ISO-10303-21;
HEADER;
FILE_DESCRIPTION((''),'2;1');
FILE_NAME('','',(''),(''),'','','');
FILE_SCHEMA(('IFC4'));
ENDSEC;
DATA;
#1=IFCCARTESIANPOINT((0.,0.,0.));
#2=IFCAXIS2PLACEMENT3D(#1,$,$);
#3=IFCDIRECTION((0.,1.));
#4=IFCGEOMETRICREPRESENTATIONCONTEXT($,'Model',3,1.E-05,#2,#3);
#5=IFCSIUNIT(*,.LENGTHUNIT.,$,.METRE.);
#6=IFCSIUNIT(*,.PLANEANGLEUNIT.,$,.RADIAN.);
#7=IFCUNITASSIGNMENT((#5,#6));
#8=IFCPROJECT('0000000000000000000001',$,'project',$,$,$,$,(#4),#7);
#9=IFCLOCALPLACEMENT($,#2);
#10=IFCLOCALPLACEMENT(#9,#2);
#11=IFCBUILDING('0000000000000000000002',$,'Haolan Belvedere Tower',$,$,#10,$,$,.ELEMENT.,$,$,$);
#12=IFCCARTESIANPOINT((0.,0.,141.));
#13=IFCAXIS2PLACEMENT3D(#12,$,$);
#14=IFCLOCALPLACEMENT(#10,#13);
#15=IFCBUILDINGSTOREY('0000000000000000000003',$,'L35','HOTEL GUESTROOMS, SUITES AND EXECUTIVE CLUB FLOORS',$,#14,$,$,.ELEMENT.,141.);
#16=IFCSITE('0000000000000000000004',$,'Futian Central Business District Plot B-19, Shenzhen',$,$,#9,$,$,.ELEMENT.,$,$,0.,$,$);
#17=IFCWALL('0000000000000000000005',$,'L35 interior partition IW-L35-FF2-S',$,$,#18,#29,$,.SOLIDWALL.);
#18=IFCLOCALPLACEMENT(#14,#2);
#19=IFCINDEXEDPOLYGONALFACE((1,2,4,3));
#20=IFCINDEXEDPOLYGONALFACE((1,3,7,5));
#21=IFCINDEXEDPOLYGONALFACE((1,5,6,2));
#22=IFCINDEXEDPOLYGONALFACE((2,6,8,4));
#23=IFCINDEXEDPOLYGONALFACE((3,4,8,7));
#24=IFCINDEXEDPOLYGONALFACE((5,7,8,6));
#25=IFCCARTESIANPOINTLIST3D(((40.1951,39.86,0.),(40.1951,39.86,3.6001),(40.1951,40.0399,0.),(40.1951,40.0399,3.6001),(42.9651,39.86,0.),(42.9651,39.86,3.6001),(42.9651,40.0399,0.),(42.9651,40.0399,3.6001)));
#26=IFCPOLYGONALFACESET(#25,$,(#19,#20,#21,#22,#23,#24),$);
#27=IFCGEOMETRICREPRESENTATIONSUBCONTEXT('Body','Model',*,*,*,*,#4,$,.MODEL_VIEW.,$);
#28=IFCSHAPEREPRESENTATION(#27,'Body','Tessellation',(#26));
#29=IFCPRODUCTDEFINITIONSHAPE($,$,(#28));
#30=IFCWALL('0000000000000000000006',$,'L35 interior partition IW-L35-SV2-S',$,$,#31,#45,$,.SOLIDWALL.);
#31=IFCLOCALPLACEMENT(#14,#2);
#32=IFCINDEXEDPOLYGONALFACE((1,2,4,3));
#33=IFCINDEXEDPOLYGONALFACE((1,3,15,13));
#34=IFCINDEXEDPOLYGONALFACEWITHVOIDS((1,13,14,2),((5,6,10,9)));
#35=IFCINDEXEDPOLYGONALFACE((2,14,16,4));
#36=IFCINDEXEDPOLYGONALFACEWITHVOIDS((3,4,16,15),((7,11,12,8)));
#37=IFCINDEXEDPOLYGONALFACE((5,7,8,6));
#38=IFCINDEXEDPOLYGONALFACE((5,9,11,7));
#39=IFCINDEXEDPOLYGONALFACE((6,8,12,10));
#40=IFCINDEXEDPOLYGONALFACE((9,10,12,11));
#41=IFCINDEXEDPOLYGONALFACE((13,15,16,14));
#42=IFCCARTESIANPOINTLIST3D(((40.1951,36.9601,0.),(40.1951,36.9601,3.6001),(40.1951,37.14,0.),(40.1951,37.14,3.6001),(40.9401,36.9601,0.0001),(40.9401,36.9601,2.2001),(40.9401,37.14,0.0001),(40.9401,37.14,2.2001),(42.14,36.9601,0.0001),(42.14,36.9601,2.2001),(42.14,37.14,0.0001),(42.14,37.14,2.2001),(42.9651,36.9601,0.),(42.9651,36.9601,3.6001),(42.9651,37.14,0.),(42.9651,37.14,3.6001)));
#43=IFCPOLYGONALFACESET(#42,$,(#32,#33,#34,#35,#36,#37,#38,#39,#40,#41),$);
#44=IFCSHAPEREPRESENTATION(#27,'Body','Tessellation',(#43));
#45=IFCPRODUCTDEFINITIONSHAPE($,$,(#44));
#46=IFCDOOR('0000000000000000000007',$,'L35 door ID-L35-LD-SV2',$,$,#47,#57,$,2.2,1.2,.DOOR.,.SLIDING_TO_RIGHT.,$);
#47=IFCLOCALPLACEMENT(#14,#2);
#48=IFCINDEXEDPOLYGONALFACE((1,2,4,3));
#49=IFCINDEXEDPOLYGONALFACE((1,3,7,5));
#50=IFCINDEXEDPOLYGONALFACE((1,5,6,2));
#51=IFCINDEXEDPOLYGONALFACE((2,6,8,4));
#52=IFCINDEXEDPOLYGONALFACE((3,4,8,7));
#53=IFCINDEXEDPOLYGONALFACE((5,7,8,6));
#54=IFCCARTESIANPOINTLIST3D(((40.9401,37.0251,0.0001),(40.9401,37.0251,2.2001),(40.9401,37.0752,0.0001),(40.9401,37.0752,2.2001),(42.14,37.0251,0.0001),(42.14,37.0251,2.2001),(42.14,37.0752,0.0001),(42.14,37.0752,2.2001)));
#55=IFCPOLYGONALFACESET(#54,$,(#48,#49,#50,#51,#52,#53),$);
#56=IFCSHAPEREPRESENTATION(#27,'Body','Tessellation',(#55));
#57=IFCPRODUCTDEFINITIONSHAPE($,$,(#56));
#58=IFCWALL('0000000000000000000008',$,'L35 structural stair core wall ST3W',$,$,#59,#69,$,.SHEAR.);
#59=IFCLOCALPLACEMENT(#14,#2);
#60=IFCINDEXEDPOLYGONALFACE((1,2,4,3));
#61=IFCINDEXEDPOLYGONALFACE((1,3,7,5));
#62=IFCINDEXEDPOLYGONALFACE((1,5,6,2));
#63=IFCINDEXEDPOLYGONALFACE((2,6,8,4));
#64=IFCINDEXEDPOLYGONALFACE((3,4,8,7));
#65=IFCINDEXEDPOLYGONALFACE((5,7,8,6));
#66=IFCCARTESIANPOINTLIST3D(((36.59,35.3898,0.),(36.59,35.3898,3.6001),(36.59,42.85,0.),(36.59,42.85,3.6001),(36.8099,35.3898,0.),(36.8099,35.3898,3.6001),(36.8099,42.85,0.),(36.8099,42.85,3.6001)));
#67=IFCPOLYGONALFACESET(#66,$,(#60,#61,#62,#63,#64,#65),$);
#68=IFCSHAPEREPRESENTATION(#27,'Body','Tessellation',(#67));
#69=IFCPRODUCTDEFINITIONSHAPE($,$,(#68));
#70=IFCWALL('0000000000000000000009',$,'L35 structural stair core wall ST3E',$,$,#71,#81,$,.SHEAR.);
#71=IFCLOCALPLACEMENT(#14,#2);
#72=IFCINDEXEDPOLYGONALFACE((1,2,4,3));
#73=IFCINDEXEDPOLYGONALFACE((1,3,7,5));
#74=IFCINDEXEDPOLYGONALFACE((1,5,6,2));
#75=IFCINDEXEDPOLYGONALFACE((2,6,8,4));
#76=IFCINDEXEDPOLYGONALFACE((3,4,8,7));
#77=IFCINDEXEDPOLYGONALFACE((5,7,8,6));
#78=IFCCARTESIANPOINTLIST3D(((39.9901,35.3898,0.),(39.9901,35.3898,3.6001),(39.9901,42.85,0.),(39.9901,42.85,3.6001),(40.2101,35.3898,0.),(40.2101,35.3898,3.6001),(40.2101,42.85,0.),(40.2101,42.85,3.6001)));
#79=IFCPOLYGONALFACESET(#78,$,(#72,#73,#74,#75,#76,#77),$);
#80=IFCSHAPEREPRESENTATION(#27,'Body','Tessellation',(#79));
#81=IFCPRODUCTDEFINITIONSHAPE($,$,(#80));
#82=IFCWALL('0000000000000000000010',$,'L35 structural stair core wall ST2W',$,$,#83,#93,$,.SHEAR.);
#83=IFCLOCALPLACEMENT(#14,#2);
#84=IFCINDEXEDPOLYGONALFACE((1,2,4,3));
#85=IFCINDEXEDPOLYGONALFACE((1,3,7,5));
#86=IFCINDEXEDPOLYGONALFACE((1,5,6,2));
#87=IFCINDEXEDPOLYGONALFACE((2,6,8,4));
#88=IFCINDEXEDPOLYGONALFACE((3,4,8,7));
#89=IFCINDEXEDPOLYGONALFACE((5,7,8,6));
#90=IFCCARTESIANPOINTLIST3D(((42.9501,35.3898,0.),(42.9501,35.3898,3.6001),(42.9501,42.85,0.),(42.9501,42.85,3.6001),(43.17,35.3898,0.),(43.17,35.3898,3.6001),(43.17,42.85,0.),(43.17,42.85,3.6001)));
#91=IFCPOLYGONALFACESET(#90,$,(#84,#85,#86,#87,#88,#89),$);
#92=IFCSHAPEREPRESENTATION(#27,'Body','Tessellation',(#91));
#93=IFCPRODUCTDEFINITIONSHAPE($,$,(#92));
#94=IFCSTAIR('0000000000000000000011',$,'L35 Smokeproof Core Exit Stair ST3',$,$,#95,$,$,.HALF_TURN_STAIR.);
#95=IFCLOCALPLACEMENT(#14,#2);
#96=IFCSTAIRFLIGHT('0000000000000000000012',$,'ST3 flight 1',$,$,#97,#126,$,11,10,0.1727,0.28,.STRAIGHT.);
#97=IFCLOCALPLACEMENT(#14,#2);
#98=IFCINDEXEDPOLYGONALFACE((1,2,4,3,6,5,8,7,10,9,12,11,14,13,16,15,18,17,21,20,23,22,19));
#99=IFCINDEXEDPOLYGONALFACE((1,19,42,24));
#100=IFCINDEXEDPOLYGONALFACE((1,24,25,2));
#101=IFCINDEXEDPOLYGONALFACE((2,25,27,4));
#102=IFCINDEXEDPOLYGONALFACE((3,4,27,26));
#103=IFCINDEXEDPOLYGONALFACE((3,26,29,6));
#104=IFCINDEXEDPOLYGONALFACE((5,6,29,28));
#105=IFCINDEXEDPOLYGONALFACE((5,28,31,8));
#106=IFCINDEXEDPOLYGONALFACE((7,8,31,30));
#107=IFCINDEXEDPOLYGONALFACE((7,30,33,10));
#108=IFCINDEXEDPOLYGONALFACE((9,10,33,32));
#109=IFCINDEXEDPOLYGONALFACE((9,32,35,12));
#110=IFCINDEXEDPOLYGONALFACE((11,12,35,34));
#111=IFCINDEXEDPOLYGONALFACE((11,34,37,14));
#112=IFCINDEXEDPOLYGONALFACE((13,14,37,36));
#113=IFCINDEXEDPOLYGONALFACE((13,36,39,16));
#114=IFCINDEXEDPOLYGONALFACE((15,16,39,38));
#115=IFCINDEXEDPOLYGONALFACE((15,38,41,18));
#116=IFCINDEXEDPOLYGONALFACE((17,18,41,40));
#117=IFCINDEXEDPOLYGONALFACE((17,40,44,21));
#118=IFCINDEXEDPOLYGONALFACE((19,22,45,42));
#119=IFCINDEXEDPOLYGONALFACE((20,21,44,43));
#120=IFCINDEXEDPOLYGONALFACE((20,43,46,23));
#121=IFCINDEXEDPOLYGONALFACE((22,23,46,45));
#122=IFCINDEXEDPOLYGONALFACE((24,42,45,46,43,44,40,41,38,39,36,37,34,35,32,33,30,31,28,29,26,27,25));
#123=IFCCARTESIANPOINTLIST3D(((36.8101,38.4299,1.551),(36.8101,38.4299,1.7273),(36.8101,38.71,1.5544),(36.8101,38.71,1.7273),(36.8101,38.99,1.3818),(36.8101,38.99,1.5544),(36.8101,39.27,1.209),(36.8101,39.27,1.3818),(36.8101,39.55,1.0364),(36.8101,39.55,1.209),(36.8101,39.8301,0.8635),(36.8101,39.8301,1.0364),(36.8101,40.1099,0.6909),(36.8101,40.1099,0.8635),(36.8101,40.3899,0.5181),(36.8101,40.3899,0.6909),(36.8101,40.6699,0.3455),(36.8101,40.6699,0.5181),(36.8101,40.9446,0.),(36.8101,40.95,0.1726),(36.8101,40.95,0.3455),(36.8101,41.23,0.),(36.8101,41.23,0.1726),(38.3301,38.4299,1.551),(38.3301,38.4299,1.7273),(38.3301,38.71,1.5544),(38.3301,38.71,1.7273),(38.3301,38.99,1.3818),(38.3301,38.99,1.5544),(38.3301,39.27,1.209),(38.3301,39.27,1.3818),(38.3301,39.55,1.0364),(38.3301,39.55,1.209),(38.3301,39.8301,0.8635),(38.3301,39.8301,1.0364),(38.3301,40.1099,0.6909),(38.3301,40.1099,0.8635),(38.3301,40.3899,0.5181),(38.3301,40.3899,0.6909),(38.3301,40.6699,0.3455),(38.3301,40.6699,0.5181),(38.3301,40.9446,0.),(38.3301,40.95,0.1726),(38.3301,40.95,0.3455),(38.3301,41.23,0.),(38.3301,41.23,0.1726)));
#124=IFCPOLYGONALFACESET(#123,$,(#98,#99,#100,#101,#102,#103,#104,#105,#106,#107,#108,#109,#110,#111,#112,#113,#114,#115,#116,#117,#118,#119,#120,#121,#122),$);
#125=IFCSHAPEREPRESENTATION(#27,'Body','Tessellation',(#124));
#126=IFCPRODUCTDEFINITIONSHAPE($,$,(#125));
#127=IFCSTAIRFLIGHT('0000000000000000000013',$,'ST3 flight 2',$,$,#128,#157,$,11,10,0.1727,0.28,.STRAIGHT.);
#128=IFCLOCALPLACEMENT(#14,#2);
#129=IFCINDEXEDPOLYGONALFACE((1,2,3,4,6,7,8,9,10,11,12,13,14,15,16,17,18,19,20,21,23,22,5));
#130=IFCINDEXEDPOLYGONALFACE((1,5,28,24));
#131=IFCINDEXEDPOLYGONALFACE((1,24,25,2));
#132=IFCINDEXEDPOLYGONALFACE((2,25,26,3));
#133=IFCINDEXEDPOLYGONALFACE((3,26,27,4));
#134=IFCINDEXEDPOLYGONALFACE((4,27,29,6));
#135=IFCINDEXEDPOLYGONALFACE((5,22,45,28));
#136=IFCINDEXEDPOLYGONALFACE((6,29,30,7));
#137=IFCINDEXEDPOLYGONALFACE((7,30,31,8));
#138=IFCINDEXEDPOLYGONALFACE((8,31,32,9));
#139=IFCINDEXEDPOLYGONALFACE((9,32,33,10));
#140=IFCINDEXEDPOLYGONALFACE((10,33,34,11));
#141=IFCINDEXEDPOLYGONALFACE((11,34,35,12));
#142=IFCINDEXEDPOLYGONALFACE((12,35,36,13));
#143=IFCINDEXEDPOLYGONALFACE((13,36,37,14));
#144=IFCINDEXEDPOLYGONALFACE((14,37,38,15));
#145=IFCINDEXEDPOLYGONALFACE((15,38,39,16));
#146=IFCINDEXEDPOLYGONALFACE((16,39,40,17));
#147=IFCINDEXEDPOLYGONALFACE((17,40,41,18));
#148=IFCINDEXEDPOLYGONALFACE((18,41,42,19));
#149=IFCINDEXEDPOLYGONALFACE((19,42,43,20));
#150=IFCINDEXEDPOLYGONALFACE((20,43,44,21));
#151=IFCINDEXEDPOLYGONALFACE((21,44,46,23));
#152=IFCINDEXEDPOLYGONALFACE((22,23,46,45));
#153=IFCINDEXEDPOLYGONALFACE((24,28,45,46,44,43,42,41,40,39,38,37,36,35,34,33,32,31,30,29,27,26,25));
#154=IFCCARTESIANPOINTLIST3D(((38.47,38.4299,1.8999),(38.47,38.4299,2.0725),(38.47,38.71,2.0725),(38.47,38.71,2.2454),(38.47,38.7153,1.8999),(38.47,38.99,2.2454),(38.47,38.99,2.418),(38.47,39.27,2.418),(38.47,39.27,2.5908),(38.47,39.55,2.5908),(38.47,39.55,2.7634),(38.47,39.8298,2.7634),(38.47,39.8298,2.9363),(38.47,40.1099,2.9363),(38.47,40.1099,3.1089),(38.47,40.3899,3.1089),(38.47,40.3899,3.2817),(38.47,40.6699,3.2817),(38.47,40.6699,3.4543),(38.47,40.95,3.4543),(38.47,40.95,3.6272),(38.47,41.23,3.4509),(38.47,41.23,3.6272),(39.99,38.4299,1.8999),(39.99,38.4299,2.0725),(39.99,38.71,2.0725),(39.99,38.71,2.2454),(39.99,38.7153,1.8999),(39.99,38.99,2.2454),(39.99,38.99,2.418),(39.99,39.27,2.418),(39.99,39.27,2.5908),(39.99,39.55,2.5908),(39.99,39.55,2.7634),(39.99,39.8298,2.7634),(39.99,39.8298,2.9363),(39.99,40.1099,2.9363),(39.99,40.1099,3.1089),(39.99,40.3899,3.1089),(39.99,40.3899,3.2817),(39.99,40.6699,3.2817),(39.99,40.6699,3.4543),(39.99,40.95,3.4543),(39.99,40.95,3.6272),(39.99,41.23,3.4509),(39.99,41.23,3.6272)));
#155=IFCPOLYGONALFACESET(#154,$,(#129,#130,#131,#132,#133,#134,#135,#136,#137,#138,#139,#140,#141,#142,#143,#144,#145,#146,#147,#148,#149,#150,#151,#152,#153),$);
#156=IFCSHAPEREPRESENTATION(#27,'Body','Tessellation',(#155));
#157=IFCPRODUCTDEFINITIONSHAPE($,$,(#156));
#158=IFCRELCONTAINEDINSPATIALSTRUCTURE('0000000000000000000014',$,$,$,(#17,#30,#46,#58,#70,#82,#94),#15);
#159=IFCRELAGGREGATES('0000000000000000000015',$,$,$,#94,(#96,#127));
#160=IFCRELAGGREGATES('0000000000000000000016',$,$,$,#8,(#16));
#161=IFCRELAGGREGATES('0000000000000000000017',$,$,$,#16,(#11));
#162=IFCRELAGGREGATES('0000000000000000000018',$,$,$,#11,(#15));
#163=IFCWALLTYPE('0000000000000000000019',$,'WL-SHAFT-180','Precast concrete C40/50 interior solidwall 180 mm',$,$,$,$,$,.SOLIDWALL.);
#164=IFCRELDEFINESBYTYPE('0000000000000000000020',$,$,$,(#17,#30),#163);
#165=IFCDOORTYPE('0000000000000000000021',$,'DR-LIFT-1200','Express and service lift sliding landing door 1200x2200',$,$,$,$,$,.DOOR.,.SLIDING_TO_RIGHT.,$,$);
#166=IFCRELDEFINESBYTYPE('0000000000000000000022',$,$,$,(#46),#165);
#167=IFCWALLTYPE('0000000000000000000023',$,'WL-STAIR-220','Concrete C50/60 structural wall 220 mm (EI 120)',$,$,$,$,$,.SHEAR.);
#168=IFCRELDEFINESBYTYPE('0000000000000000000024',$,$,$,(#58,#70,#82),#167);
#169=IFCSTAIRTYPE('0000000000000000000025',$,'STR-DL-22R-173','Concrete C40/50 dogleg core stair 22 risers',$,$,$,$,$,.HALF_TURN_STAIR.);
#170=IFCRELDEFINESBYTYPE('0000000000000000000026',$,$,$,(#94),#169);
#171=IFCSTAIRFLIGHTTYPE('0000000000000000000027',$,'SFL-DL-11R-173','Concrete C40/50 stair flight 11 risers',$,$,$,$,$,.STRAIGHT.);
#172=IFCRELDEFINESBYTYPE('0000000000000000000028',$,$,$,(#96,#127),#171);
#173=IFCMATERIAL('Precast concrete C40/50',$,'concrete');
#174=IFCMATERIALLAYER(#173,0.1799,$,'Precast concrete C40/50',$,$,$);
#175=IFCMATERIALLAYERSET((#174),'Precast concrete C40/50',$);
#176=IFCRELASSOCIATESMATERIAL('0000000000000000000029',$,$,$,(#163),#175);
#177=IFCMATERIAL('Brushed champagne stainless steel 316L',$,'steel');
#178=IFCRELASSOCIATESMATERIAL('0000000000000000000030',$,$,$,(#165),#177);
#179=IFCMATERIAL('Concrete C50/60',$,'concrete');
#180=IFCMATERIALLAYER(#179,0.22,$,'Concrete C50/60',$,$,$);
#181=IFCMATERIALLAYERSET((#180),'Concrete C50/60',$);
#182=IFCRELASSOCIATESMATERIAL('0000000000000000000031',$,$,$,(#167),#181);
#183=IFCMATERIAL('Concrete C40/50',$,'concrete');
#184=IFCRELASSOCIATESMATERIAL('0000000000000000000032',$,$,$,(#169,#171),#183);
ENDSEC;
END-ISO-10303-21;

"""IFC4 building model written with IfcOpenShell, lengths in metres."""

from ifc_helpers import new_model, si_unit, direction, frame, frame_2d, origin, place, context, subcontext, project, spatial, polyline, rectangle, outline, extrude, material, layer, layer_set, type_object, element, fill, aggregate, save


model = new_model("IFC4")

# Units and contexts
model_context = context("Model", 3, precision=1e-05, world=origin(), true_north=direction((0.0, 1.0)))
body_context = subcontext(model_context, "Body", "Model", "MODEL_VIEW")
ifc_project = project(units=[si_unit("LENGTHUNIT", "METRE"), si_unit("PLANEANGLEUNIT", "RADIAN")], contexts=[model_context])

# Site, building, storey
site_placement = place(None, origin())
site = spatial("IfcSite", under=ifc_project, at=site_placement, Name="Futian Central Business District Plot B-19, Shenzhen", CompositionType="ELEMENT", RefElevation=0.0)
building_placement = place(site_placement, origin())
building = spatial("IfcBuilding", under=site, at=building_placement, Name="Haolan Belvedere Tower", CompositionType="ELEMENT")
storey_placement = place(building_placement, frame((0.0, 0.0, 141.0)))
storey = spatial("IfcBuildingStorey", under=building, at=storey_placement, Name="L35", Description="HOTEL GUESTROOMS, SUITES AND EXECUTIVE CLUB FLOORS", CompositionType="ELEMENT", Elevation=141.0)

# Wall
ifc_material_1 = material(Name="Precast concrete C40/50", Category="concrete")
ifc_layer_1 = layer(ifc_material_1, 0.1799, Name="Precast concrete C40/50")
ifc_layer_set_1 = layer_set([ifc_layer_1], Name="Precast concrete C40/50")
wall_type_1 = type_object("IfcWallType", Name="WL-SHAFT-180", Description="Precast concrete C40/50 interior solidwall 180 mm", PredefinedType="SOLIDWALL", material=ifc_layer_set_1)
wall_1_placement = place(storey_placement, frame((40.1951, 39.95, 0.0), z_axis=(0.0, 0.0, 1.0), x_axis=(1.0, 0.0, 0.0)))
element("IfcWall", 1, at=wall_1_placement, inside=storey, type_object=wall_type_1, Name="L35 interior partition IW-L35-FF2-S", PredefinedType="SOLIDWALL", context=body_context, shape_type="SweptSolid", body=[
    extrude(rectangle(XDim=2.77, YDim=0.1799, at=frame_2d((1.385, 0.0))), origin(), (0.0, 0.0, 1.0), 3.6001),
])

# Wall, opening, door
wall_2_placement = place(storey_placement, frame((40.1951, 37.05, 0.0), z_axis=(0.0, 0.0, 1.0), x_axis=(1.0, 0.0, 0.0)))
wall_2 = element("IfcWall", 2, at=wall_2_placement, inside=storey, type_object=wall_type_1, Name="L35 interior partition IW-L35-SV2-S", PredefinedType="SOLIDWALL", context=body_context, shape_type="SweptSolid", body=[
    extrude(rectangle(XDim=2.77, YDim=0.1799, at=frame_2d((1.385, 0.0))), origin(), (0.0, 0.0, 1.0), 3.6001),
])
opening_placement = place(wall_2_placement, frame((1.9451, 0.0, 0.0), z_axis=(0.0, 0.0, 1.0), x_axis=(-1.0, 0.0, 0.0)))
opening = element("IfcOpeningElement", 3, at=opening_placement, cuts=wall_2, PredefinedType="OPENING", context=body_context, shape_type="SweptSolid", body=[
    extrude(rectangle(XDim=1.2, YDim=2.2, at=frame_2d((0.6001, 1.1001))), frame((0.0, 0.0999, 0.0), z_axis=(0.0, -1.0, 0.0), x_axis=(1.0, 0.0, 0.0)), (0.0, 0.0, 1.0), 0.2),
])
ifc_material_2 = material(Name="Brushed champagne stainless steel 316L", Category="steel")
door_type = type_object("IfcDoorType", Name="DR-LIFT-1200", Description="Express and service lift sliding landing door 1200x2200", OperationType="SLIDING_TO_RIGHT", PredefinedType="DOOR", material=ifc_material_2)
door_placement = place(opening_placement, origin())
door = element("IfcDoor", 4, at=door_placement, inside=storey, type_object=door_type, Name="L35 door ID-L35-LD-SV2", OperationType="SLIDING_TO_RIGHT", OverallHeight=2.2, OverallWidth=1.2, PredefinedType="DOOR", context=body_context, shape_type="SweptSolid", body=[
    extrude(rectangle(XDim=1.2, YDim=2.2, at=frame_2d((0.6001, 1.1001))), frame((0.0, 0.0249, 0.0), z_axis=(0.0, -1.0, 0.0), x_axis=(1.0, 0.0, 0.0)), (0.0, 0.0, 1.0), 0.05),
])
fill(opening, door)

# Walls
ifc_material_3 = material(Name="Concrete C50/60", Category="concrete")
ifc_layer_2 = layer(ifc_material_3, 0.22, Name="Concrete C50/60")
ifc_layer_set_2 = layer_set([ifc_layer_2], Name="Concrete C50/60")
wall_type_2 = type_object("IfcWallType", Name="WL-STAIR-220", Description="Concrete C50/60 structural wall 220 mm (EI 120)", PredefinedType="SHEAR", material=ifc_layer_set_2)
for number, where, z_axis, x_axis, name in (
    (5, (36.7, 35.3899, 0.0), (0.0, 0.0, 1.0), (0.0, 1.0, 0.0), "L35 structural stair core wall ST3W"),
    (6, (40.1001, 35.3899, 0.0), (0.0, 0.0, 1.0), (0.0, 1.0, 0.0), "L35 structural stair core wall ST3E"),
    (7, (43.0601, 35.3899, 0.0), (0.0, 0.0, 1.0), (0.0, 1.0, 0.0), "L35 structural stair core wall ST2W"),
):
    element("IfcWall", number, at=place(storey_placement, frame(where, z_axis=z_axis, x_axis=x_axis)), inside=storey, type_object=wall_type_2, Name=name, PredefinedType="SHEAR", context=body_context, shape_type="SweptSolid", body=[
        extrude(rectangle(XDim=7.4602, YDim=0.22, at=frame_2d((3.73, 0.0))), origin(), (0.0, 0.0, 1.0), 3.6001),
    ])

# Stair, stair flights
ifc_material_4 = material(Name="Concrete C40/50", Category="concrete")
stair_type = type_object("IfcStairType", Name="STR-DL-22R-173", Description="Concrete C40/50 dogleg core stair 22 risers", PredefinedType="HALF_TURN_STAIR", material=ifc_material_4)
stair_1_placement = place(storey_placement, origin())
stair_1 = element("IfcStair", 8, at=stair_1_placement, inside=storey, type_object=stair_type, Name="L35 Smokeproof Core Exit Stair ST3", PredefinedType="HALF_TURN_STAIR")
stair_flight_type = type_object("IfcStairFlightType", Name="SFL-DL-11R-173", Description="Concrete C40/50 stair flight 11 risers", PredefinedType="STRAIGHT", material=ifc_material_4)
stair_flight_1_placement = place(storey_placement, frame((37.5701, 41.23, 0.0), z_axis=(0.0, 0.0, 1.0), x_axis=(0.0, -1.0, 0.0)))
stair_flight_1 = element("IfcStairFlight", 9, at=stair_flight_1_placement, type_object=stair_flight_type, Name="ST3 flight 1", NumberOfRisers=11, NumberOfTreads=10, PredefinedType="STRAIGHT", RiserHeight=0.1727, TreadLength=0.28, context=body_context, shape_type="SweptSolid", body=[
    extrude(outline(polyline([(0.0, 0.0), (0.0, 0.1726), (0.28, 0.1726), (0.28, 0.3455), (0.5601, 0.3455), (0.5601, 0.5181), (0.8401, 0.5181), (0.8401, 0.6909), (1.1201, 0.6909), (1.1201, 0.8635), (1.3999, 0.8635), (1.3999, 1.0364), (1.6799, 1.0364), (1.6799, 1.209), (1.96, 1.209), (1.96, 1.3818), (2.24, 1.3818), (2.24, 1.5544), (2.52, 1.5544), (2.52, 1.7273), (2.8, 1.7273), (2.8, 1.8999), (2.8, 1.551), (0.2854, 0.0), (0.0, 0.0)])), frame((0.0, 0.76, 0.0), z_axis=(0.0, -1.0, 0.0), x_axis=(1.0, 0.0, 0.0)), (0.0, 0.0, 1.0), 1.52),
])
stair_flight_2_placement = place(storey_placement, frame((39.23, 38.4299, 1.8999), z_axis=(0.0, 0.0, 1.0), x_axis=(0.0, 1.0, 0.0)))
stair_flight_2 = element("IfcStairFlight", 10, at=stair_flight_2_placement, type_object=stair_flight_type, Name="ST3 flight 2", NumberOfRisers=11, NumberOfTreads=10, PredefinedType="STRAIGHT", RiserHeight=0.1727, TreadLength=0.28, context=body_context, shape_type="SweptSolid", body=[
    extrude(outline(polyline([(0.0, 0.0), (0.0, 0.1726), (0.28, 0.1726), (0.28, 0.3455), (0.5601, 0.3455), (0.5601, 0.5181), (0.8401, 0.5181), (0.8401, 0.6909), (1.1201, 0.6909), (1.1201, 0.8635), (1.3999, 0.8635), (1.3999, 1.0364), (1.6799, 1.0364), (1.6799, 1.209), (1.96, 1.209), (1.96, 1.3818), (2.24, 1.3818), (2.24, 1.5544), (2.52, 1.5544), (2.52, 1.7273), (2.8, 1.7273), (2.8, 1.8999), (2.8, 1.551), (0.2854, 0.0), (0.0, 0.0)])), frame((0.0, 0.76, 0.0), z_axis=(0.0, -1.0, 0.0), x_axis=(1.0, 0.0, 0.0)), (0.0, 0.0, 1.0), 1.52),
])
aggregate(stair_1, [stair_flight_1, stair_flight_2])

save(model, "model.ifc")
